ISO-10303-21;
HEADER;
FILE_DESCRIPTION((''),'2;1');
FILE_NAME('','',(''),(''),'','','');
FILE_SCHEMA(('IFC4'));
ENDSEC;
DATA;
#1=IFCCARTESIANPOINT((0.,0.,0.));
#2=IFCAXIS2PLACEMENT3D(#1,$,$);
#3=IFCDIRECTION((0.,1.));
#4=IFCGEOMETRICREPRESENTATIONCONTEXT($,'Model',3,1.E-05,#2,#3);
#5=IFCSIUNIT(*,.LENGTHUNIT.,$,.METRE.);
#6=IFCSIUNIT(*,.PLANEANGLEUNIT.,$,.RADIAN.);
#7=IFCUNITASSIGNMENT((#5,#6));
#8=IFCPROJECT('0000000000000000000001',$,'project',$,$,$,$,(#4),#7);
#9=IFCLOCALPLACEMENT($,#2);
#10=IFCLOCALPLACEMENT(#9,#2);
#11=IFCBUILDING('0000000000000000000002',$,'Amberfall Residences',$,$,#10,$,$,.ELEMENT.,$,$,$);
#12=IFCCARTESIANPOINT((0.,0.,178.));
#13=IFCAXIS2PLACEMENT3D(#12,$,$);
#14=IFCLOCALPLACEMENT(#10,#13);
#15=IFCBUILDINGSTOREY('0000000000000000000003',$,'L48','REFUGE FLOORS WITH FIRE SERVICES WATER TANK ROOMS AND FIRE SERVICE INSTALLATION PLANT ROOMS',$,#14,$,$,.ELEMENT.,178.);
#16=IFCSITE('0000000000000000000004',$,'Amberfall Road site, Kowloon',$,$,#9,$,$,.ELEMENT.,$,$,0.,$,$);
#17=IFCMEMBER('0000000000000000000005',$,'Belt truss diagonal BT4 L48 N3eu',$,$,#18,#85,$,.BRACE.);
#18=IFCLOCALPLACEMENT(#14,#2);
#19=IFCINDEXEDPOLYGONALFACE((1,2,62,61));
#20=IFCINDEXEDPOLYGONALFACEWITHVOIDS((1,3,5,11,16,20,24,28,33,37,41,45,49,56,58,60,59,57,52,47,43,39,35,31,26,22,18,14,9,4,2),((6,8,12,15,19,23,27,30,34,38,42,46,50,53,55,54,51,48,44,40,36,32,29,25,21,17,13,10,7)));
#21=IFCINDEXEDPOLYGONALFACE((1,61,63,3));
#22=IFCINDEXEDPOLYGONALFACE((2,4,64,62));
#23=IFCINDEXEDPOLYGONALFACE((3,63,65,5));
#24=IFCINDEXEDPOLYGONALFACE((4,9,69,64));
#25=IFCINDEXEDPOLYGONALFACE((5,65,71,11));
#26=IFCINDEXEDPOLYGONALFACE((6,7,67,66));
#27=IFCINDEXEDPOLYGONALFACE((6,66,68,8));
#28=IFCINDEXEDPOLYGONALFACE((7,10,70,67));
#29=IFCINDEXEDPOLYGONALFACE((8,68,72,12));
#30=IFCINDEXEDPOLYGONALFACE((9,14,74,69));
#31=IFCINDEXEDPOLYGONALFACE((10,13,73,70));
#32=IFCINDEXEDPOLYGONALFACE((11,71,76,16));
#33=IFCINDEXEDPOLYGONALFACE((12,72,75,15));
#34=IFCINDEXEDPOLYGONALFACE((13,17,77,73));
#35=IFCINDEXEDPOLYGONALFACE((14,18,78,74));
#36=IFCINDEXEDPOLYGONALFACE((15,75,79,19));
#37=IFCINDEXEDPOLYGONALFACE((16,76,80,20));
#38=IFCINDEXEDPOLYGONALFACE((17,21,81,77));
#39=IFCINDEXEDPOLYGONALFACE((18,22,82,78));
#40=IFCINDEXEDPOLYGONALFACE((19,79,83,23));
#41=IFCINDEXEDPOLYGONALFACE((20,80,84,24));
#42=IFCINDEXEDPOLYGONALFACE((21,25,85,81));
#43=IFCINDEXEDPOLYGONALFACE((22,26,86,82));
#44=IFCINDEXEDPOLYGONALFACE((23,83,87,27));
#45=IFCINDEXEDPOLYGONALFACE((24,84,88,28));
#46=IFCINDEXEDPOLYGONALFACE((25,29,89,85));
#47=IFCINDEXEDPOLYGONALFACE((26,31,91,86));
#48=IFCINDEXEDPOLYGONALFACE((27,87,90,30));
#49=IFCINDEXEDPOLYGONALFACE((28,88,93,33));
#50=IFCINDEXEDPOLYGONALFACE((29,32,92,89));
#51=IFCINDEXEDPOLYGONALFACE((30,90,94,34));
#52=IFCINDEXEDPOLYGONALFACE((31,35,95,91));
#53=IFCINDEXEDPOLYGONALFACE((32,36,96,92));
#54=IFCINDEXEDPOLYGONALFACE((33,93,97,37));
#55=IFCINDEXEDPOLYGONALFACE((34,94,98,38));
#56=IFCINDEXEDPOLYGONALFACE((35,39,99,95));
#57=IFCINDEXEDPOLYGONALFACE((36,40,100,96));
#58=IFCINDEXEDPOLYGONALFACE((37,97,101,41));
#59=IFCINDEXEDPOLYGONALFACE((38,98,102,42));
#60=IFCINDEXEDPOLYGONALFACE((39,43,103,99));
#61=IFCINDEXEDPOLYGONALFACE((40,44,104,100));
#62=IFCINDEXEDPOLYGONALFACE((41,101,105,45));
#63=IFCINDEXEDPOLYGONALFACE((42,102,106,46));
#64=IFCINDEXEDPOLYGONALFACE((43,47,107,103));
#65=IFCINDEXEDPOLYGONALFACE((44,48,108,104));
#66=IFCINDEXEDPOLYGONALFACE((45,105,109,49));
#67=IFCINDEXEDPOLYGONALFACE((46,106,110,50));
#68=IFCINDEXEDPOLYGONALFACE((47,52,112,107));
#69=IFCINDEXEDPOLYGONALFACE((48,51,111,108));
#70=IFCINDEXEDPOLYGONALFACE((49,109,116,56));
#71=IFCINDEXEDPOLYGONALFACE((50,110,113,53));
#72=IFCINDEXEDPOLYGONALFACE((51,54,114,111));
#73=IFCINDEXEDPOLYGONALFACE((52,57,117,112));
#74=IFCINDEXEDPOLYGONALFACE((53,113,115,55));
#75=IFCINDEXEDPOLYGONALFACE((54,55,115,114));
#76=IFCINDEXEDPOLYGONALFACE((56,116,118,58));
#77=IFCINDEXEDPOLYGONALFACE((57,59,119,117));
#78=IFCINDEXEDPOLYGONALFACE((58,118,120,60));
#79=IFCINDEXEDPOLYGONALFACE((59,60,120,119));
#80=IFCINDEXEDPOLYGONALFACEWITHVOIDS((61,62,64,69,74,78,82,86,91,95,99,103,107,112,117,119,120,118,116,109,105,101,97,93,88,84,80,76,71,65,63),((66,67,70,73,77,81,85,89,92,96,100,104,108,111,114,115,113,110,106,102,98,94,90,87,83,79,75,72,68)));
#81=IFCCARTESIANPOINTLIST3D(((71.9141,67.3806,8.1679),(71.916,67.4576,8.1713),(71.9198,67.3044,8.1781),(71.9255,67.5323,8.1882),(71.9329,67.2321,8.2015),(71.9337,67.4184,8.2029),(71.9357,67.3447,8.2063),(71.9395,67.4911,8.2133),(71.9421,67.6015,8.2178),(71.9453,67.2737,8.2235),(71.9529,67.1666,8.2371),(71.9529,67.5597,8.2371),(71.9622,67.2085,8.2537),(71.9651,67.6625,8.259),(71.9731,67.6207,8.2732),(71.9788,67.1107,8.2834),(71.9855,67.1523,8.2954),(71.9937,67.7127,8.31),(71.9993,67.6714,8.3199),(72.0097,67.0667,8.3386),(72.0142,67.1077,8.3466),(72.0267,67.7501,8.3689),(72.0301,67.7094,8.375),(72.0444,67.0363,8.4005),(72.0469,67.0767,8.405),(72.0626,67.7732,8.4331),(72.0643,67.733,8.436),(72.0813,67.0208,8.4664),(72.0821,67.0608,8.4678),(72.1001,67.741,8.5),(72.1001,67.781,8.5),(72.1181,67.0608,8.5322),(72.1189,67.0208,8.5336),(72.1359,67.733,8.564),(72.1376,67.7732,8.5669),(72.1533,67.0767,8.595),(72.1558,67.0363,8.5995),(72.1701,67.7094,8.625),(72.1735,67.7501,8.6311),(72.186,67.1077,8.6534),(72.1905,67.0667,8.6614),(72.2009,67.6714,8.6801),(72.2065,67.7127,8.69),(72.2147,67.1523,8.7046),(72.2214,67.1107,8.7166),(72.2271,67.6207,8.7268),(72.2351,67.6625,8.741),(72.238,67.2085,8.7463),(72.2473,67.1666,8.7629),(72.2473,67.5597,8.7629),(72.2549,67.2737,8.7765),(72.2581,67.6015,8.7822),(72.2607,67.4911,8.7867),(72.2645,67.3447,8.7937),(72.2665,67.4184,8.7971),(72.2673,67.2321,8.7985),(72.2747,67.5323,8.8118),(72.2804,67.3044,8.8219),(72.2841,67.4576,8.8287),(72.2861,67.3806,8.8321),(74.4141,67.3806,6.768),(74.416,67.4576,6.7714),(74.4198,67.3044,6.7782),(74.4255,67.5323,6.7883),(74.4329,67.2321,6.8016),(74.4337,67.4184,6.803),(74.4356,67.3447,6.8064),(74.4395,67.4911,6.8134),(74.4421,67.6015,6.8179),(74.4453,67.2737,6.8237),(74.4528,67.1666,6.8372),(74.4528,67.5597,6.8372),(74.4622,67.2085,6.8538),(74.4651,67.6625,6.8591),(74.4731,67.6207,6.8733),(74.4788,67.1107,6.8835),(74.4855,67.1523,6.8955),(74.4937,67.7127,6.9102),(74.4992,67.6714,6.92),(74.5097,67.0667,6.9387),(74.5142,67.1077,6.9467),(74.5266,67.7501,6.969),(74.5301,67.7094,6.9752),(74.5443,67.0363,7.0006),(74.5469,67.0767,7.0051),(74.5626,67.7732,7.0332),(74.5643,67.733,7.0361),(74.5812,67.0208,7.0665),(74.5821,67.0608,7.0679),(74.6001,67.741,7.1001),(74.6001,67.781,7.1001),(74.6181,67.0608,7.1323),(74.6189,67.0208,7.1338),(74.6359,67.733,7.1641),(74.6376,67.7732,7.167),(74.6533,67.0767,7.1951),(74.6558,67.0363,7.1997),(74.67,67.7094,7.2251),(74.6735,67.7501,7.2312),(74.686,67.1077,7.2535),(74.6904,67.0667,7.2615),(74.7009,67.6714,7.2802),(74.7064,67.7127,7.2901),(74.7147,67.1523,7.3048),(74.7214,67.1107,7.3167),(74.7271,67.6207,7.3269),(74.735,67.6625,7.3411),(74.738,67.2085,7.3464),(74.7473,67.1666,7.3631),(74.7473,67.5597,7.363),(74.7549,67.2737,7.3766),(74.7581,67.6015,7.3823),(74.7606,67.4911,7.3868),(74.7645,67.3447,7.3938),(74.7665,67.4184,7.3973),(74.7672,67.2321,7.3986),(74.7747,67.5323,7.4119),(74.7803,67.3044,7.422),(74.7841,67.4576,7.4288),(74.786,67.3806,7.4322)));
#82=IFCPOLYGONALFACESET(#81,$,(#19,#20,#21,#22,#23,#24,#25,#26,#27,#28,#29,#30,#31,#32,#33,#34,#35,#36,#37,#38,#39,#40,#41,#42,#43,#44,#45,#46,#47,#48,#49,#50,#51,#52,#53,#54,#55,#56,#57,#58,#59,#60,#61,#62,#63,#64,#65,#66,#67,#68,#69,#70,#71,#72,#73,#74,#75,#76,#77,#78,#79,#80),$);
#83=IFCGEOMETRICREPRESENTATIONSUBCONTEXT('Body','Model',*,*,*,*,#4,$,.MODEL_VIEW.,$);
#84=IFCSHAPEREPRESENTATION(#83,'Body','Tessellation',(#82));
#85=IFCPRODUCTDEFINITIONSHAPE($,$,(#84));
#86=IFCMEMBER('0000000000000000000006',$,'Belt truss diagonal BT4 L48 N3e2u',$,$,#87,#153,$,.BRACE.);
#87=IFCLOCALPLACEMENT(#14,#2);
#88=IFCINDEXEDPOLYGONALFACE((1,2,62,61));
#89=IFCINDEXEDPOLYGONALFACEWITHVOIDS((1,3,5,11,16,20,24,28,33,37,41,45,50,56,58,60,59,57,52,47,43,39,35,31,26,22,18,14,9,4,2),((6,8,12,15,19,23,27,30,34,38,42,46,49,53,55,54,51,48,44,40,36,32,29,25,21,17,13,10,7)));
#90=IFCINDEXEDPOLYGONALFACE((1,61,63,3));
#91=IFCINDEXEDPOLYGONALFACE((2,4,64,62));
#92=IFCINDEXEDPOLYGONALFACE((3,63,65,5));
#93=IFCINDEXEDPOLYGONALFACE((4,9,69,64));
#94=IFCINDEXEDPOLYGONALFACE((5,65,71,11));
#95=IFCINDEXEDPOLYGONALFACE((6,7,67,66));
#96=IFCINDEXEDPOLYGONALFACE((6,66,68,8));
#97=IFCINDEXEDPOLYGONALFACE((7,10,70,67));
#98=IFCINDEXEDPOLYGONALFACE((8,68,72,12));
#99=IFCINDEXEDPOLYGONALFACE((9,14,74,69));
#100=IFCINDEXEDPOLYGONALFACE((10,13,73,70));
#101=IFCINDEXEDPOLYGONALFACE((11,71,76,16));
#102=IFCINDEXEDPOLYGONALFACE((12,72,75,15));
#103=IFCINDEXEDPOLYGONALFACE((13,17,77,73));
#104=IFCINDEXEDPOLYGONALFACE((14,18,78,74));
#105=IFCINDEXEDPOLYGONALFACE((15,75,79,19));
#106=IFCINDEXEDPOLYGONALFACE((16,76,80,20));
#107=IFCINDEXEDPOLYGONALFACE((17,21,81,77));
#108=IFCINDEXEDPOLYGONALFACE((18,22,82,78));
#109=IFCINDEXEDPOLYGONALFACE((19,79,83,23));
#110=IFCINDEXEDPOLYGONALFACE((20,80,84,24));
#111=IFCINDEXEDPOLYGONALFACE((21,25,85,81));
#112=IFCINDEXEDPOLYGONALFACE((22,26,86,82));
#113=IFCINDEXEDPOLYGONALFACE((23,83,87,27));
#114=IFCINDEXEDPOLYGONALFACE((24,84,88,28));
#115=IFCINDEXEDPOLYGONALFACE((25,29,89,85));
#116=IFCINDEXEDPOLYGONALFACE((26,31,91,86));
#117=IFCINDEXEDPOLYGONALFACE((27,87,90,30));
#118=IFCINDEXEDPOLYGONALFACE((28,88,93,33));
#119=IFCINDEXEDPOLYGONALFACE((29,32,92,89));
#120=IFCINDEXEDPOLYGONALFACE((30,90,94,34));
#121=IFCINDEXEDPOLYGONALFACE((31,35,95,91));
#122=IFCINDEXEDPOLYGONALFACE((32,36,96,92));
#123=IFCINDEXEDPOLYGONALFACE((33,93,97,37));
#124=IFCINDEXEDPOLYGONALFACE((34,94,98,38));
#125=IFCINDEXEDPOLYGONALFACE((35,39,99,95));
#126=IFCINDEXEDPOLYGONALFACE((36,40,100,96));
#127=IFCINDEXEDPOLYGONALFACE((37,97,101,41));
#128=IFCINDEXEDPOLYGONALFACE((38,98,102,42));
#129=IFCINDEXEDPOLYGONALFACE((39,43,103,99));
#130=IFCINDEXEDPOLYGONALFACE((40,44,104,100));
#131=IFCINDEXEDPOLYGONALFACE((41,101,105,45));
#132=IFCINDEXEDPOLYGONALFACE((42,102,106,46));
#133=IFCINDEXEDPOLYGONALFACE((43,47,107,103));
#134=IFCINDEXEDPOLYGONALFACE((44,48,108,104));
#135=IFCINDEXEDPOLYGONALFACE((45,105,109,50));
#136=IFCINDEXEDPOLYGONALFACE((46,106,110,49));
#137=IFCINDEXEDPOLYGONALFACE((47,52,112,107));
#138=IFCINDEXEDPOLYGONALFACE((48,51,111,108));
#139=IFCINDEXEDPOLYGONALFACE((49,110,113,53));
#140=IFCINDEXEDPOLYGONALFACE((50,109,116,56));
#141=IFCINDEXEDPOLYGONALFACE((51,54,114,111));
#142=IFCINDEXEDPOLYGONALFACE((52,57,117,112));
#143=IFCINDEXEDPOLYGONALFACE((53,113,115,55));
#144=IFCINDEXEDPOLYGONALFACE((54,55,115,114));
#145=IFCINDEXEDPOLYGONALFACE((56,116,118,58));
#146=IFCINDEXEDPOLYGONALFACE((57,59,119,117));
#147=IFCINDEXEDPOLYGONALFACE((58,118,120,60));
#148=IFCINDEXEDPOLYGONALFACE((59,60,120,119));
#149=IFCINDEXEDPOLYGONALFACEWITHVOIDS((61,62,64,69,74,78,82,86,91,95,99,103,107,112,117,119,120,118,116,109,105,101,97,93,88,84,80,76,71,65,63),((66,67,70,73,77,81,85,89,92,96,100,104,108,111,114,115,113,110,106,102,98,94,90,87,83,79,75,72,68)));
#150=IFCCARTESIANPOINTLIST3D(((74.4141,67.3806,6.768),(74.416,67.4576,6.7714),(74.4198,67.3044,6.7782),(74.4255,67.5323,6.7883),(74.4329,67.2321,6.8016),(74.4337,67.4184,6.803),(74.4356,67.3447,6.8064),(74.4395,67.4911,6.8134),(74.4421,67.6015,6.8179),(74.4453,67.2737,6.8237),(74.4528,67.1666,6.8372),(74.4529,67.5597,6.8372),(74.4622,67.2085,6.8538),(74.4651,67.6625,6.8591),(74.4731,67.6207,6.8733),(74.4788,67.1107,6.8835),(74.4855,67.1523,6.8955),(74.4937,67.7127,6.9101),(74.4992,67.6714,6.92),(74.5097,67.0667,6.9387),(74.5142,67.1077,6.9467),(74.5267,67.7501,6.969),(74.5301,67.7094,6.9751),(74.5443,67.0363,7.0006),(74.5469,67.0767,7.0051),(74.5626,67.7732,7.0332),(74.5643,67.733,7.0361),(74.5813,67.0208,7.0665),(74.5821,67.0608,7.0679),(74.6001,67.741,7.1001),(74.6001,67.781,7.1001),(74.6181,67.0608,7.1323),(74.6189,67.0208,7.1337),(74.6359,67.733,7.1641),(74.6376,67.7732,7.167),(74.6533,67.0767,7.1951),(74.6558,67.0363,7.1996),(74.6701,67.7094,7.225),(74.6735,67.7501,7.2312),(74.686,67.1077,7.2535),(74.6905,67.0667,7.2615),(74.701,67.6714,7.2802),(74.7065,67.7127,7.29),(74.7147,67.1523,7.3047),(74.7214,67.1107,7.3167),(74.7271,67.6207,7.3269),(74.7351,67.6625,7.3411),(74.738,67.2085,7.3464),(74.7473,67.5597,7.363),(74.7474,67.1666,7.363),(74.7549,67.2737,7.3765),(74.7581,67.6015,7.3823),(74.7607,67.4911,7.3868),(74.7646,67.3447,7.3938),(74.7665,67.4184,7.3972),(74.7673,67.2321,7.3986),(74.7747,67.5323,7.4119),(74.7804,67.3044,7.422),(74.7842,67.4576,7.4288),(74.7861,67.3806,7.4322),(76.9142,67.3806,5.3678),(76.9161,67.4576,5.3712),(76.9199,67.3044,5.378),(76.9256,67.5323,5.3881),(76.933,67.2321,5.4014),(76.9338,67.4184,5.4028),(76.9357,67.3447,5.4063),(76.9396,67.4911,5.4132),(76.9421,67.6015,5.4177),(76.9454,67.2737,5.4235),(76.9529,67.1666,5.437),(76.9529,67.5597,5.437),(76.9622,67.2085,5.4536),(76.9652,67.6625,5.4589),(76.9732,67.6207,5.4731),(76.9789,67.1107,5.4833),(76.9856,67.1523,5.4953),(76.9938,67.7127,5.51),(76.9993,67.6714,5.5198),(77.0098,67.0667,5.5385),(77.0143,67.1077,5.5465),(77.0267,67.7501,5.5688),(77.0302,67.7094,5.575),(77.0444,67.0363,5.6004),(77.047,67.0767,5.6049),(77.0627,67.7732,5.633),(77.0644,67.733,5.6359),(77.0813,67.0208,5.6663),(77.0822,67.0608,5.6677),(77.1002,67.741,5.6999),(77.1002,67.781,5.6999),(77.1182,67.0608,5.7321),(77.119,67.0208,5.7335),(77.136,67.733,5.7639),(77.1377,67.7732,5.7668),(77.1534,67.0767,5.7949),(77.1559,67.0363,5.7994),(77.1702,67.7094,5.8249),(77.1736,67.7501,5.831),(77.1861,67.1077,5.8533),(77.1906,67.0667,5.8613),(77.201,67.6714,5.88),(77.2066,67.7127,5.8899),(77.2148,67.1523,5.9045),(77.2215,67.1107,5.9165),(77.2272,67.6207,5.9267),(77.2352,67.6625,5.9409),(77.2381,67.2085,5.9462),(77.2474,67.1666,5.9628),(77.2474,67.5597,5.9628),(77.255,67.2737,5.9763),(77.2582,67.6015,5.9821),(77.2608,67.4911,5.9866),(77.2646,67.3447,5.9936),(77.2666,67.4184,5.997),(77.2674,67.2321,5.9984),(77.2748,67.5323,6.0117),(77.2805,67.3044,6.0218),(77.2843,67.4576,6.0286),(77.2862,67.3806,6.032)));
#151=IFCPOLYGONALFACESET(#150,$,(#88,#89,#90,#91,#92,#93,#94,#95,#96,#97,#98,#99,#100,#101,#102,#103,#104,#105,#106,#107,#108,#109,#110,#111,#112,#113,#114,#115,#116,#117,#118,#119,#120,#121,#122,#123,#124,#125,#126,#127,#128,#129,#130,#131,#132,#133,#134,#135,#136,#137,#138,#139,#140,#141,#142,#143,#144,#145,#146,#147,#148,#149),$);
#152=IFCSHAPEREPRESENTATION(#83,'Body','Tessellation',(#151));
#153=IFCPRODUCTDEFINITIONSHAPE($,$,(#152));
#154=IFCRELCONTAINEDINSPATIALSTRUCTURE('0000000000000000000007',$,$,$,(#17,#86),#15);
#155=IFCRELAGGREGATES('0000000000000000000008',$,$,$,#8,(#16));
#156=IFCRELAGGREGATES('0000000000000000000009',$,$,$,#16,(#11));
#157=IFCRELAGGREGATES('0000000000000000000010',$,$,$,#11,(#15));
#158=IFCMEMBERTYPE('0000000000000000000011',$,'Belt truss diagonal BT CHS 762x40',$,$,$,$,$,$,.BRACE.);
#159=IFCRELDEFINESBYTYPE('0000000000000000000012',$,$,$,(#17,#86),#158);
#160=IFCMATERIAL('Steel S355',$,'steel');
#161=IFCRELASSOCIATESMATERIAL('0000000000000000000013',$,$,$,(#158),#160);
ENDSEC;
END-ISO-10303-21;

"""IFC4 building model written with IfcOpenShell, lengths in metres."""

from ifc_helpers import new_model, si_unit, direction, frame, origin, origin_2d, place, context, subcontext, project, spatial, hollow_circle, extrude, material, material_profile, profile_set, type_object, element, save


model = new_model("IFC4")

# Units and contexts
model_context = context("Model", 3, precision=1e-05, world=origin(), true_north=direction((0.0, 1.0)))
body_context = subcontext(model_context, "Body", "Model", "MODEL_VIEW")
ifc_project = project(units=[si_unit("LENGTHUNIT", "METRE"), si_unit("PLANEANGLEUNIT", "RADIAN")], contexts=[model_context])

# Site, building, storey
site_placement = place(None, origin())
site = spatial("IfcSite", under=ifc_project, at=site_placement, Name="Amberfall Road site, Kowloon", CompositionType="ELEMENT", RefElevation=0.0)
building_placement = place(site_placement, origin())
building = spatial("IfcBuilding", under=site, at=building_placement, Name="Amberfall Residences", CompositionType="ELEMENT")
storey_placement = place(building_placement, frame((0.0, 0.0, 178.0)))
storey = spatial("IfcBuildingStorey", under=building, at=storey_placement, Name="L48", Description="REFUGE FLOORS WITH FIRE SERVICES WATER TANK ROOMS AND FIRE SERVICE INSTALLATION PLANT ROOMS", CompositionType="ELEMENT", Elevation=178.0)

# Shared definitions
ifc_material_1 = material(Name="Steel S355", Category="steel")

# Members
ifc_material_profile_1 = material_profile(ifc_material_1, hollow_circle(Radius=0.3811, WallThickness=0.04, at=origin_2d()), Name="CHS 762x40")
ifc_profile_set_1 = profile_set([ifc_material_profile_1], Name="Steel S355")
member_type = type_object("IfcMemberType", Name="Belt truss diagonal BT CHS 762x40", PredefinedType="BRACE", material=ifc_profile_set_1)
member_1_placement = place(storey_placement, frame((72.1001, 67.3999, 8.5), z_axis=(0.872521, 0.0, -0.488577), x_axis=(0.0, 1.0, 0.0)))
element("IfcMember", 1, at=member_1_placement, inside=storey, type_object=member_type, Name="Belt truss diagonal BT4 L48 N3eu", PredefinedType="BRACE", context=body_context, shape_type="SweptSolid", body=[
    extrude(hollow_circle(Radius=0.3811, WallThickness=0.04, at=origin_2d()), origin(), (0.0, 0.0, 1.0), 2.8652),
])
member_2_placement = place(storey_placement, frame((74.6001, 67.3999, 7.1001), z_axis=(0.872484, 0.0, -0.488642), x_axis=(0.0, 1.0, 0.0)))
element("IfcMember", 2, at=member_2_placement, inside=storey, type_object=member_type, Name="Belt truss diagonal BT4 L48 N3e2u", PredefinedType="BRACE", context=body_context, shape_type="SweptSolid", body=[
    extrude(hollow_circle(Radius=0.3811, WallThickness=0.04, at=origin_2d()), origin(), (0.0, 0.0, 1.0), 2.8655),
])

save(model, "model.ifc")
